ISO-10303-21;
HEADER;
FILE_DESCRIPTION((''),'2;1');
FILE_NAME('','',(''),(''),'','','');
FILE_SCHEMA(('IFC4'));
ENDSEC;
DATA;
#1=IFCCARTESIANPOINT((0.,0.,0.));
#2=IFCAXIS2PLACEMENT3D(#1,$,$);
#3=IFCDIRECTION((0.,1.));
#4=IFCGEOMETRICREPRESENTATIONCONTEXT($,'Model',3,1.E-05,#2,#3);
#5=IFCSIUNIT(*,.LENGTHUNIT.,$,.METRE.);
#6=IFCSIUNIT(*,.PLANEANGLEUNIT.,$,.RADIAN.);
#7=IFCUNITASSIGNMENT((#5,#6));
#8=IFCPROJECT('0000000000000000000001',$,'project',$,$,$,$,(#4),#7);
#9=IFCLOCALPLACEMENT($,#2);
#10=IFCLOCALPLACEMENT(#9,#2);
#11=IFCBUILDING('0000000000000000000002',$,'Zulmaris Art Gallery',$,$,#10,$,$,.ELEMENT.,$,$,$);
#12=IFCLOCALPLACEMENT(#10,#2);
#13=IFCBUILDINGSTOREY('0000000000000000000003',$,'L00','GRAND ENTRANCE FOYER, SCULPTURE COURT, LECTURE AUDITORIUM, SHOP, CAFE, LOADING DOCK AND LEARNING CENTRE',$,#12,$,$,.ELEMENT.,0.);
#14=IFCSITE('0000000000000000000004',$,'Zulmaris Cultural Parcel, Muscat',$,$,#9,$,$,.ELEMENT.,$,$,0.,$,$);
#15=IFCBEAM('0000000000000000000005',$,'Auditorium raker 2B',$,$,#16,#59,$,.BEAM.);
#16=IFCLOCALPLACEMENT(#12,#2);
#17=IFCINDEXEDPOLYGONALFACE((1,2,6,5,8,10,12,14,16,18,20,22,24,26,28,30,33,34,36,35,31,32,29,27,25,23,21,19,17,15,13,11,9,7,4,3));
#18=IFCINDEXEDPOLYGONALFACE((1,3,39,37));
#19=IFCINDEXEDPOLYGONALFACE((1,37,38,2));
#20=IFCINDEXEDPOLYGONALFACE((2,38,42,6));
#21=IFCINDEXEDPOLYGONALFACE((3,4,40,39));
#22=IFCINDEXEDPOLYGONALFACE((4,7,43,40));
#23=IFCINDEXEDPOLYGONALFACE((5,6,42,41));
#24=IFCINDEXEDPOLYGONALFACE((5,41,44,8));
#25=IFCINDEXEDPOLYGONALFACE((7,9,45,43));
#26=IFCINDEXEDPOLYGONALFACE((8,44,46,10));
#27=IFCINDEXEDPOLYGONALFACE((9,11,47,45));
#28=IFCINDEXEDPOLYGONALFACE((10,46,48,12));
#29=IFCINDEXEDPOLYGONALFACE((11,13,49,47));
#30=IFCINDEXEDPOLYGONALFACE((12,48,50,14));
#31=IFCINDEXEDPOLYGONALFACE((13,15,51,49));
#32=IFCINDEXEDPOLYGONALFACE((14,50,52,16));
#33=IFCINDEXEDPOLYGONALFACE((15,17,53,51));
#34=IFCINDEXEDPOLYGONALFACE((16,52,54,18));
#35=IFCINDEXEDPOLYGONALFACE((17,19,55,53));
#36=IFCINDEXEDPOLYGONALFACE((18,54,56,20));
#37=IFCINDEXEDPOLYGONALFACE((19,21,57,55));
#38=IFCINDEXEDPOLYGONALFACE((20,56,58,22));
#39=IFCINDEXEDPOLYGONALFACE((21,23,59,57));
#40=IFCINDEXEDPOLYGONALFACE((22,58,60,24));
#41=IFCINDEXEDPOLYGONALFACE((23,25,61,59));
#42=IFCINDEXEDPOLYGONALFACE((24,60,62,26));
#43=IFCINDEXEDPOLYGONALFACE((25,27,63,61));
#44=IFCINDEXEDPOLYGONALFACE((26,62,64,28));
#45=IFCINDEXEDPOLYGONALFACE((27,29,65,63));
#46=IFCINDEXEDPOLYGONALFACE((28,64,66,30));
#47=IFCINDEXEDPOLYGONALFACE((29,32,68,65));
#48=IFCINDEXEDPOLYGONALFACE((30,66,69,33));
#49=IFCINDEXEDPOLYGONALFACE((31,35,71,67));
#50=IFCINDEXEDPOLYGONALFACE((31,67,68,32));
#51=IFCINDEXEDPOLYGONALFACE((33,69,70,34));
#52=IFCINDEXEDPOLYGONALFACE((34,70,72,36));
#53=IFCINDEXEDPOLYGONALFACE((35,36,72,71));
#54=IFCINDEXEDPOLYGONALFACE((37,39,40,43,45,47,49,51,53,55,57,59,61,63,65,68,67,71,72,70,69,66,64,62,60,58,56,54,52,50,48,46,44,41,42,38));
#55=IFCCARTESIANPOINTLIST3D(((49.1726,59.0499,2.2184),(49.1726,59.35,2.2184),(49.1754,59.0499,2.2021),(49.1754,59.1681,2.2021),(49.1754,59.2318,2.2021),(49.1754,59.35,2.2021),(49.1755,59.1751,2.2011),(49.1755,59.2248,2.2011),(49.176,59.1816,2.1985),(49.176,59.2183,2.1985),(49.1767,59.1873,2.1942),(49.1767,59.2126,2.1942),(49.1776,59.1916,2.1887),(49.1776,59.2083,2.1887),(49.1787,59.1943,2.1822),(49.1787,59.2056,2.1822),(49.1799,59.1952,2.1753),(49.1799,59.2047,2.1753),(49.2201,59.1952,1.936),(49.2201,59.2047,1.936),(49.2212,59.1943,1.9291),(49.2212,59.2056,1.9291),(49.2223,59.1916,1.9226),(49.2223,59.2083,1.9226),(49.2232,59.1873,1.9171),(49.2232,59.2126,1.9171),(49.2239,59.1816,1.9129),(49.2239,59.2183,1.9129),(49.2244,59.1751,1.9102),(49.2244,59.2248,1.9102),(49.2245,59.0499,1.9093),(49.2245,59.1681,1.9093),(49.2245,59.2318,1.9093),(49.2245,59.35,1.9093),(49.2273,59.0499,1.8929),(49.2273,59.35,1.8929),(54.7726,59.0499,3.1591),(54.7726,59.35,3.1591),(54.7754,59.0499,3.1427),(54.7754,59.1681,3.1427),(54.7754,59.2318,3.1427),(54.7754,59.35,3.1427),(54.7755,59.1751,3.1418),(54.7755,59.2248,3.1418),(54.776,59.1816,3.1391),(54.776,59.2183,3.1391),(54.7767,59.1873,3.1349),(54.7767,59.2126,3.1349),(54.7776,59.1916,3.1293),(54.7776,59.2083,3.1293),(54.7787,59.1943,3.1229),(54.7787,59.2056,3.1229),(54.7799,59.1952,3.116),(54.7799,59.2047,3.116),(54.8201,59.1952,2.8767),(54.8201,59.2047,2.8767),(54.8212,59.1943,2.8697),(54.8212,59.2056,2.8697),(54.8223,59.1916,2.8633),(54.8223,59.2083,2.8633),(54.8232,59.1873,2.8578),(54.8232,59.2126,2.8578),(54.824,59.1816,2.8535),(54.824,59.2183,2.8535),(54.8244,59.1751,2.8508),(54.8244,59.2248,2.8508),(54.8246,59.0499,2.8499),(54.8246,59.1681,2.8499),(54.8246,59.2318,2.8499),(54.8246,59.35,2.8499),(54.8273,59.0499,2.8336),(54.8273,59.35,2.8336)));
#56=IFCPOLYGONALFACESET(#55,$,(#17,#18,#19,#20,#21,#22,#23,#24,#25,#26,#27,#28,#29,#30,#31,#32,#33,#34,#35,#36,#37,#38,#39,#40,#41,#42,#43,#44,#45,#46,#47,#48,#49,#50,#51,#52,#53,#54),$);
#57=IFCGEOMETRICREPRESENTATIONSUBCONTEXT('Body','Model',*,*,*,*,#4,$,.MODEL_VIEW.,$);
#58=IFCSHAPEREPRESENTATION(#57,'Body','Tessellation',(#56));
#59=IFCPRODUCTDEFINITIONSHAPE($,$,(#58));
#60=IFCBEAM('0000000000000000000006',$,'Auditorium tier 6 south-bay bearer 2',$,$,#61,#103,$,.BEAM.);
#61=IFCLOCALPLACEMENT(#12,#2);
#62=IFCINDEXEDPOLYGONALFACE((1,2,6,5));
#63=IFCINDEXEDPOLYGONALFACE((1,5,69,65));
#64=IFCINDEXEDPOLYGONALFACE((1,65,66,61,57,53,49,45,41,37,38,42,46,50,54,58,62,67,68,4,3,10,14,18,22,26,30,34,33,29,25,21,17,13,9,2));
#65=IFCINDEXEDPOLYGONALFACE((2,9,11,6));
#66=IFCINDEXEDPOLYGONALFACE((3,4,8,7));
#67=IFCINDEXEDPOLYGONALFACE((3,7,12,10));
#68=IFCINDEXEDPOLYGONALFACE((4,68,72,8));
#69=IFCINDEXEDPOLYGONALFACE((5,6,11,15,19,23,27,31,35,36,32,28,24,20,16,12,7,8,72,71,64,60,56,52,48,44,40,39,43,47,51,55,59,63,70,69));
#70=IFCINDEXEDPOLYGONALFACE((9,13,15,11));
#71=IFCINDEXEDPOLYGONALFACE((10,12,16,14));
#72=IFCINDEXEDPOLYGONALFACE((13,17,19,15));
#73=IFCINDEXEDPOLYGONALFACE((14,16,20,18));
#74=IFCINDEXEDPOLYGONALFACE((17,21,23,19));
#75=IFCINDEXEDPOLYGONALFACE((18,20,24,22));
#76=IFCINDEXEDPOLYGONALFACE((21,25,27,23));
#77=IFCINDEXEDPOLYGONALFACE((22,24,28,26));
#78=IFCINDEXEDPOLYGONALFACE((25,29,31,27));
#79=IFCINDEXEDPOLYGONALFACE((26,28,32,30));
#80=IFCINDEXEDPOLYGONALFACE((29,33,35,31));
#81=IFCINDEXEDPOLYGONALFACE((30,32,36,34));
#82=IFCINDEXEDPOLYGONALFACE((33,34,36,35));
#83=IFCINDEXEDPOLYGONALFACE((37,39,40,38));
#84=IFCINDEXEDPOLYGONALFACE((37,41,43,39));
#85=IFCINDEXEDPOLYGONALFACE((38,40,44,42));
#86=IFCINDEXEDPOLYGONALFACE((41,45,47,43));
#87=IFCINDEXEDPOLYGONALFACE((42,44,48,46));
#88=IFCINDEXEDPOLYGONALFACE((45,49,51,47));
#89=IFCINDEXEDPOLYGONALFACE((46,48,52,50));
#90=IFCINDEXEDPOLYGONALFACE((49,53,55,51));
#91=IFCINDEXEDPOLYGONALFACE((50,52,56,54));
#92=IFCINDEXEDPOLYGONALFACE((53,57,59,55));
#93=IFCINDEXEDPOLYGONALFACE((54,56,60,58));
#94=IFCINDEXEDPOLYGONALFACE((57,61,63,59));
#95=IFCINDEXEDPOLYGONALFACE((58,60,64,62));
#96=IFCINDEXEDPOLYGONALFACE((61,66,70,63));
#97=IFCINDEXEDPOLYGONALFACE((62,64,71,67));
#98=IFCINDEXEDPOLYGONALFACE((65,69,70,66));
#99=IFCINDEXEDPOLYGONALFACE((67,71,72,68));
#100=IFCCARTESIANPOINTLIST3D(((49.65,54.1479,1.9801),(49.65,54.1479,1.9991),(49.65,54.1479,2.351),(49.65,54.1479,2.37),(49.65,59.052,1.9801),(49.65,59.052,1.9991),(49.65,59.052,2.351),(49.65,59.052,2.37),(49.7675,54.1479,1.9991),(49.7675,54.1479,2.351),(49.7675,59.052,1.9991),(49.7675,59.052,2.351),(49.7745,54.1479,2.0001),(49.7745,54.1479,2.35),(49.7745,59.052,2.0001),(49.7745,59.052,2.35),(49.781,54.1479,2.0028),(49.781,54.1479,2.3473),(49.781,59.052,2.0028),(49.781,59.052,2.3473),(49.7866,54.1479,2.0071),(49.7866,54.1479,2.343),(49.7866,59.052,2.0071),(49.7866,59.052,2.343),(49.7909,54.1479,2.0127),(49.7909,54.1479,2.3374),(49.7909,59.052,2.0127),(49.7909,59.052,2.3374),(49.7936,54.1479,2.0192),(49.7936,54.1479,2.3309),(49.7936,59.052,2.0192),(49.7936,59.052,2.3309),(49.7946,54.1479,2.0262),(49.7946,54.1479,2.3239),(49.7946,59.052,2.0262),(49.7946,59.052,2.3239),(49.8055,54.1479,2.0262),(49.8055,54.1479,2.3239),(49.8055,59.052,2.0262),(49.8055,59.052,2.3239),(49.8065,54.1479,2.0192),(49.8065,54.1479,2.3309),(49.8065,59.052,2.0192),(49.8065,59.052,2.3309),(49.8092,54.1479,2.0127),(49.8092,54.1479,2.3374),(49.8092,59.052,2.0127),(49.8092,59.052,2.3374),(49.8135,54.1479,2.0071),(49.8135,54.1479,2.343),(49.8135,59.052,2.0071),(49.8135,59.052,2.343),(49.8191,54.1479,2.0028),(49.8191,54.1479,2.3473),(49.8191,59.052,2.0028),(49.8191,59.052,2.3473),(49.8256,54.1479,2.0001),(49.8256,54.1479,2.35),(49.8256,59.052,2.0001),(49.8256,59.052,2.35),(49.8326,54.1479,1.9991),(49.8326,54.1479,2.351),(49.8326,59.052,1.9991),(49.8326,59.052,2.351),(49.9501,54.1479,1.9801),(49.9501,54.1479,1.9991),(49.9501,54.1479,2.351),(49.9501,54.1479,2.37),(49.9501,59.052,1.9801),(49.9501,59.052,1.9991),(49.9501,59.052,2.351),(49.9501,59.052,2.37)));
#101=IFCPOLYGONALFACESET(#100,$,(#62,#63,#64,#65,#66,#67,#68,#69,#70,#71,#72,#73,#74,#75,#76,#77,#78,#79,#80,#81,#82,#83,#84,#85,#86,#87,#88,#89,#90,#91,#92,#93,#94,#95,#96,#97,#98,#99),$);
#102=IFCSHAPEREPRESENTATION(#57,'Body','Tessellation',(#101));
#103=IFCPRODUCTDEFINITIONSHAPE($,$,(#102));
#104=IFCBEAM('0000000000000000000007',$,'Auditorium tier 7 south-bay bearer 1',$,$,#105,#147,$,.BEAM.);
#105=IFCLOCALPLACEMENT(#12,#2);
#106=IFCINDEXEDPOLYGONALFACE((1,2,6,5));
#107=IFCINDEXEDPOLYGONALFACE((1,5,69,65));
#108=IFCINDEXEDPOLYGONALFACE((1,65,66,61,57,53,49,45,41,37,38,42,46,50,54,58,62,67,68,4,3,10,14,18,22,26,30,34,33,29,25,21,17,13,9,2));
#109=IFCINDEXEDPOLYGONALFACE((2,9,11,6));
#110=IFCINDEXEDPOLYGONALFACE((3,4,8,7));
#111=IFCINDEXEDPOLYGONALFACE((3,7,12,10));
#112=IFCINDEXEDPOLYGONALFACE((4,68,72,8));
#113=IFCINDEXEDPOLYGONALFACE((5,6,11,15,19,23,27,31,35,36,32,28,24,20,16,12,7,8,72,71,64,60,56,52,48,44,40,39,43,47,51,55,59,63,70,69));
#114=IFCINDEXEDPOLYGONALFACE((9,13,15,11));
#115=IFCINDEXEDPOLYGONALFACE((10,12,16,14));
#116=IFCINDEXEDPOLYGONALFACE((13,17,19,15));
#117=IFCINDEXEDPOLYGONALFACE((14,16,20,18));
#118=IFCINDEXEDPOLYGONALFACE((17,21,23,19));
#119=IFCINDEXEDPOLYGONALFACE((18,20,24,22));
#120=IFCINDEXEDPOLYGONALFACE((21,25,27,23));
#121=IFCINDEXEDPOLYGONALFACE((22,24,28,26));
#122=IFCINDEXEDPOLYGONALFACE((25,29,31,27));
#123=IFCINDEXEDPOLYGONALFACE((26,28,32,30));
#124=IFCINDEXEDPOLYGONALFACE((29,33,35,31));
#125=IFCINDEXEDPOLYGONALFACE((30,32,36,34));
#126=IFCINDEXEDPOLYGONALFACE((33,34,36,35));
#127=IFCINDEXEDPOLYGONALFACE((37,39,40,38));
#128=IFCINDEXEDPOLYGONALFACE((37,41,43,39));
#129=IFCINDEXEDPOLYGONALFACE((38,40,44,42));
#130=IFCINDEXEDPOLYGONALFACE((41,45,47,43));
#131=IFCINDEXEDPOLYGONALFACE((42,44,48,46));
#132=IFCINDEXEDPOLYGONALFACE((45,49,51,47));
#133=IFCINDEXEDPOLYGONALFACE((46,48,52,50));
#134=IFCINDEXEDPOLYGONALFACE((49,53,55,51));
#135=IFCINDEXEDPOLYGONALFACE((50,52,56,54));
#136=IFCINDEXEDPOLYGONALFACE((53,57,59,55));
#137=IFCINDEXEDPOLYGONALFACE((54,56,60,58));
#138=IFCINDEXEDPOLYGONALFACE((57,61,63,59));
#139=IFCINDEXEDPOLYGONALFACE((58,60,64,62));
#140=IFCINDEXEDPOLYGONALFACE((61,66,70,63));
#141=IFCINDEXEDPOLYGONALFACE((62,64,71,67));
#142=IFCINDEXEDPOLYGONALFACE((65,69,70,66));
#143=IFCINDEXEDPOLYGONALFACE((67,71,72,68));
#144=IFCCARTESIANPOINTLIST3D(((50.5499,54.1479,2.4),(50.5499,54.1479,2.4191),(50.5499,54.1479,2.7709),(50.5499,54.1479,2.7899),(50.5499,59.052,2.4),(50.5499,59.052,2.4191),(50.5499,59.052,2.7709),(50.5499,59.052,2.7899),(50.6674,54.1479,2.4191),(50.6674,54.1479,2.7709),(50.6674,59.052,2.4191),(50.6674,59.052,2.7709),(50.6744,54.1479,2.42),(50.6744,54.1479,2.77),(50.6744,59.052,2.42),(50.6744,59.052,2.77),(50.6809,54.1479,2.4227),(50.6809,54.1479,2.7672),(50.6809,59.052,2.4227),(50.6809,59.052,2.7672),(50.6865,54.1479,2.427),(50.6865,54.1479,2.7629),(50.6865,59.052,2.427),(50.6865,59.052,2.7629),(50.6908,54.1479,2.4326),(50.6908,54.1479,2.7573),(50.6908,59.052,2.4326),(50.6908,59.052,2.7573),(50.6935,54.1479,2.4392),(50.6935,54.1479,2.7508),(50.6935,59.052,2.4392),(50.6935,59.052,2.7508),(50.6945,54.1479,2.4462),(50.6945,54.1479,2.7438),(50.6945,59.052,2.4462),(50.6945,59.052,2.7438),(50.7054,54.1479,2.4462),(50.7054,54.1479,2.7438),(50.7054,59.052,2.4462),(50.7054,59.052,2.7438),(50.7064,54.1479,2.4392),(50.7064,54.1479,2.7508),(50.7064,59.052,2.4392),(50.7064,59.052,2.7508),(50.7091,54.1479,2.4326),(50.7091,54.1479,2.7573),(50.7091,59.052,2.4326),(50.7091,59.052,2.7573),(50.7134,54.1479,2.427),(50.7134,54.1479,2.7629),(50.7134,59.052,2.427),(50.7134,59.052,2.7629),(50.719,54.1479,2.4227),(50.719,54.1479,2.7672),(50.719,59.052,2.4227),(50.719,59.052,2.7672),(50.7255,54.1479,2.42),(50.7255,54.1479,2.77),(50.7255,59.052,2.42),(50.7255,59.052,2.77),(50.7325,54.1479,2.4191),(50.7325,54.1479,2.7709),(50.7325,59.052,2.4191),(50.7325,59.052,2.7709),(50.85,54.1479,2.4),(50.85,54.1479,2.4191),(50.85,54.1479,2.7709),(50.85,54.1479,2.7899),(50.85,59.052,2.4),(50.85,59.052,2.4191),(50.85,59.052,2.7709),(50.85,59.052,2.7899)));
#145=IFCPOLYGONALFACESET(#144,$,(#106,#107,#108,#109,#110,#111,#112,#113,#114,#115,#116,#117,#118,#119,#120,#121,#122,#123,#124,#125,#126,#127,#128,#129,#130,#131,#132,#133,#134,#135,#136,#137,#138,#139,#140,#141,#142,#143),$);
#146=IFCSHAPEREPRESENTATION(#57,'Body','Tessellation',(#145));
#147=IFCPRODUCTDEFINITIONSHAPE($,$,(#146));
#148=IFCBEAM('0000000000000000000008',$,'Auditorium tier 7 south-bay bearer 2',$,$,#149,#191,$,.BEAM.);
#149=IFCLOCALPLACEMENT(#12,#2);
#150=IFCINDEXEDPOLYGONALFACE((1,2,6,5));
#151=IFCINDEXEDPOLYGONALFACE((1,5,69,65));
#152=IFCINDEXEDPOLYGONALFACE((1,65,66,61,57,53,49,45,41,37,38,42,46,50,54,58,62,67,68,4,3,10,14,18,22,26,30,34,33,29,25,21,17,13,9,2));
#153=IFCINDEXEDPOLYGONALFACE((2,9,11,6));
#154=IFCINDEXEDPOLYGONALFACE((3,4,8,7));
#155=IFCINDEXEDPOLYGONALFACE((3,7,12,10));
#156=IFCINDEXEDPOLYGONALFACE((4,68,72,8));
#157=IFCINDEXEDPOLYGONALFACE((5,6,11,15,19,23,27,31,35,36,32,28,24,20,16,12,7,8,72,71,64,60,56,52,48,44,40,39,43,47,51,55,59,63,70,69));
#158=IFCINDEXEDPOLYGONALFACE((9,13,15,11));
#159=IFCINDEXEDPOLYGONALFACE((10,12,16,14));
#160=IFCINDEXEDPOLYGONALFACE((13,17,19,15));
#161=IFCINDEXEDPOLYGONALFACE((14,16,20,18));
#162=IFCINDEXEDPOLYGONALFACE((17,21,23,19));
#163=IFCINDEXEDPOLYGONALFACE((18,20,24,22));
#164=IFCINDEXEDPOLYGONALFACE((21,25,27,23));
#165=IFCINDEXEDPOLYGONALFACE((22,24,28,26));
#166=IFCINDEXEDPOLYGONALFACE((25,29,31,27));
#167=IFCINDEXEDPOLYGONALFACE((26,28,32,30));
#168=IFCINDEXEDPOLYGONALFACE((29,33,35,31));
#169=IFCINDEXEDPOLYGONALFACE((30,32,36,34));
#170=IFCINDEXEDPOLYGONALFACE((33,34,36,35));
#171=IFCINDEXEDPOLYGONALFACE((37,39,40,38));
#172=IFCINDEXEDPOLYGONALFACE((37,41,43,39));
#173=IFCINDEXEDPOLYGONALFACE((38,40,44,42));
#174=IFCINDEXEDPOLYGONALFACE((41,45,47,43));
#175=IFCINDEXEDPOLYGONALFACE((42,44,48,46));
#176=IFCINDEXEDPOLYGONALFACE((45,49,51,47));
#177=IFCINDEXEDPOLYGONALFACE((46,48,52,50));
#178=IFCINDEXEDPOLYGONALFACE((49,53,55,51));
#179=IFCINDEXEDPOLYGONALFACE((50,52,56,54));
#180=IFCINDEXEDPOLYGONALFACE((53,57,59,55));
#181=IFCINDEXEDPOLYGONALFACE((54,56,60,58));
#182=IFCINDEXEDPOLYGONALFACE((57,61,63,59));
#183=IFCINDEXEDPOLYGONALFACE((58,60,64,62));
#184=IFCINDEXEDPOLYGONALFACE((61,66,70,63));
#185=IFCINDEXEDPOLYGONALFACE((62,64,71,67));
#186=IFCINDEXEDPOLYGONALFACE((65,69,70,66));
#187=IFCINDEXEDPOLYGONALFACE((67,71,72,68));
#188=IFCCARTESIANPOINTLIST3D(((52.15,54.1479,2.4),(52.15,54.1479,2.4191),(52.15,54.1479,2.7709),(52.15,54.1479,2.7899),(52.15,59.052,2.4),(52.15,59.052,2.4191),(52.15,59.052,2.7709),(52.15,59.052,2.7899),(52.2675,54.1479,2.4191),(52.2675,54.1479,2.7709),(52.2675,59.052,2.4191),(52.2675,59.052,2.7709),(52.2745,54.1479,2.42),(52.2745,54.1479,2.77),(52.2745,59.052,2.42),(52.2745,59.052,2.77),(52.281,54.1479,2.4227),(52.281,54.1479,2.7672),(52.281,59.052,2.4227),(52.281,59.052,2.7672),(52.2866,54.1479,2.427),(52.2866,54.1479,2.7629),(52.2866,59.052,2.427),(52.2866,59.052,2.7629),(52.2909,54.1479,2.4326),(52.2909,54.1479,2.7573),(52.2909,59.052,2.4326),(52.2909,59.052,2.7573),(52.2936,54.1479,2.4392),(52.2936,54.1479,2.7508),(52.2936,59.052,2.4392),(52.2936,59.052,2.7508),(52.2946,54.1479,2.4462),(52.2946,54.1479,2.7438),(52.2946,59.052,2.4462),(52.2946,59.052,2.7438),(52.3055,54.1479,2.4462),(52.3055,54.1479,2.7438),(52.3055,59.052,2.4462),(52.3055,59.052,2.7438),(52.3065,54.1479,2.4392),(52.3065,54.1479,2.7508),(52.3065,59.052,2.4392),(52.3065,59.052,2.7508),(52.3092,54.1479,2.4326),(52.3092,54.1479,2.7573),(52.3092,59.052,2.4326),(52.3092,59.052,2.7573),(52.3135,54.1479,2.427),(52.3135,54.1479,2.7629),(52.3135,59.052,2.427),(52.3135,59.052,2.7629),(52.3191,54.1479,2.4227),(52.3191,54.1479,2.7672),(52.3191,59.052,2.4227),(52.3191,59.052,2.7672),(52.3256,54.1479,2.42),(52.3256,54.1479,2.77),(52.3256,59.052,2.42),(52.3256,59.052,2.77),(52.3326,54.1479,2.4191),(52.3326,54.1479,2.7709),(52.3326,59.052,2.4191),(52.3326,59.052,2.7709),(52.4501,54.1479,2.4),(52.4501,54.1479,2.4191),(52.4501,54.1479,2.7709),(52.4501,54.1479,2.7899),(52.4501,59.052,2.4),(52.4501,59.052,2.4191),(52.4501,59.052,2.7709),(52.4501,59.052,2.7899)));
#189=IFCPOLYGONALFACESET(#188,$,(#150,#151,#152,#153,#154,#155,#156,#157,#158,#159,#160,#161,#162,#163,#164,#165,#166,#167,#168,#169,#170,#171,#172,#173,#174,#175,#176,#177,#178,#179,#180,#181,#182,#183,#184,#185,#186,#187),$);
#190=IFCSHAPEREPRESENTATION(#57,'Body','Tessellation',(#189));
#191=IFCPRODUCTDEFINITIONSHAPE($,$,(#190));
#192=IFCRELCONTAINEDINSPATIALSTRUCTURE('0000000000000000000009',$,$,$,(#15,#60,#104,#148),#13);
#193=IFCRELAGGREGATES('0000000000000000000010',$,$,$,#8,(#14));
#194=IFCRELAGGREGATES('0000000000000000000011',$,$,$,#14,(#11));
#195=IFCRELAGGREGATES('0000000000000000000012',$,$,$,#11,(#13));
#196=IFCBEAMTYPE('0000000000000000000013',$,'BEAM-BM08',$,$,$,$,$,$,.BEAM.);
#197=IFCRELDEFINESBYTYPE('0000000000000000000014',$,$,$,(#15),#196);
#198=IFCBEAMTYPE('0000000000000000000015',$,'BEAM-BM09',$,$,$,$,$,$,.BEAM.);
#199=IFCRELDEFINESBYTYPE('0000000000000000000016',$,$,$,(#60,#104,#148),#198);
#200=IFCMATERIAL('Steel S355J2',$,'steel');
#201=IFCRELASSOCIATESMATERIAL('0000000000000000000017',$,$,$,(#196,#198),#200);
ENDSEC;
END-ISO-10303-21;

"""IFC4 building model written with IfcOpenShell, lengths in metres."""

from ifc_helpers import new_model, si_unit, direction, frame, origin, origin_2d, place, context, subcontext, project, spatial, i_section, extrude, material, material_profile, profile_set, type_object, element, save


model = new_model("IFC4")

# Units and contexts
model_context = context("Model", 3, precision=1e-05, world=origin(), true_north=direction((0.0, 1.0)))
body_context = subcontext(model_context, "Body", "Model", "MODEL_VIEW")
ifc_project = project(units=[si_unit("LENGTHUNIT", "METRE"), si_unit("PLANEANGLEUNIT", "RADIAN")], contexts=[model_context])

# Site, building, storey
site_placement = place(None, origin())
site = spatial("IfcSite", under=ifc_project, at=site_placement, Name="Zulmaris Cultural Parcel, Muscat", CompositionType="ELEMENT", RefElevation=0.0)
building_placement = place(site_placement, origin())
building = spatial("IfcBuilding", under=site, at=building_placement, Name="Zulmaris Art Gallery", CompositionType="ELEMENT")
storey_placement = place(building_placement, origin())
storey = spatial("IfcBuildingStorey", under=building, at=storey_placement, Name="L00", Description="GRAND ENTRANCE FOYER, SCULPTURE COURT, LECTURE AUDITORIUM, SHOP, CAFE, LOADING DOCK AND LEARNING CENTRE", CompositionType="ELEMENT", Elevation=0.0)

# Beams
ifc_material_1 = material(Name="Steel S355J2", Category="steel")
ifc_material_profile_1 = material_profile(ifc_material_1, i_section(OverallWidth=0.3, OverallDepth=0.3301, WebThickness=0.0095, FlangeThickness=0.0166, FilletRadius=0.0271, at=origin_2d()), Name="HEA 340")
ifc_profile_set_1 = profile_set([ifc_material_profile_1], Name="Steel S355J2")
beam_type_1 = type_object("IfcBeamType", Name="BEAM-BM08", PredefinedType="BEAM", material=ifc_profile_set_1)
for number, where, z_axis, x_axis, name in (
    (1, (49.2, 59.2, 2.0557), (0.986184, 0.0, 0.165654), (0.0, 1.0, 0.0), "Auditorium raker 2B"),
):
    element("IfcBeam", number, at=place(storey_placement, frame(where, z_axis=z_axis, x_axis=x_axis)), inside=storey, type_object=beam_type_1, Name=name, PredefinedType="BEAM", context=body_context, shape_type="SweptSolid", body=[
        extrude(i_section(OverallWidth=0.3, OverallDepth=0.3301, WebThickness=0.0095, FlangeThickness=0.0166, FilletRadius=0.0271, at=origin_2d()), origin(), (0.0, 0.0, 1.0), 5.6785),
    ])
ifc_material_profile_2 = material_profile(ifc_material_1, i_section(OverallWidth=0.3, OverallDepth=0.3899, WebThickness=0.011, FlangeThickness=0.019, FilletRadius=0.0271, at=origin_2d()), Name="HEA 400")
ifc_profile_set_2 = profile_set([ifc_material_profile_2], Name="Steel S355J2")
beam_type_2 = type_object("IfcBeamType", Name="BEAM-BM09", PredefinedType="BEAM", material=ifc_profile_set_2)
for number, where, z_axis, x_axis, name in (
    (2, (49.8, 54.1479, 2.175), (0.0, 1.0, 0.0), (-1.0, 0.0, 0.0), "Auditorium tier 6 south-bay bearer 2"),
    (3, (50.7, 54.1479, 2.595), (0.0, 1.0, 0.0), (-1.0, 0.0, 0.0), "Auditorium tier 7 south-bay bearer 1"),
    (4, (52.3, 54.1479, 2.595), (0.0, 1.0, 0.0), (-1.0, 0.0, 0.0), "Auditorium tier 7 south-bay bearer 2"),
):
    element("IfcBeam", number, at=place(storey_placement, frame(where, z_axis=z_axis, x_axis=x_axis)), inside=storey, type_object=beam_type_2, Name=name, PredefinedType="BEAM", context=body_context, shape_type="SweptSolid", body=[
        extrude(i_section(OverallWidth=0.3, OverallDepth=0.3899, WebThickness=0.011, FlangeThickness=0.019, FilletRadius=0.0271, at=origin_2d()), origin(), (0.0, 0.0, 1.0), 4.9041),
    ])

save(model, "model.ifc")
